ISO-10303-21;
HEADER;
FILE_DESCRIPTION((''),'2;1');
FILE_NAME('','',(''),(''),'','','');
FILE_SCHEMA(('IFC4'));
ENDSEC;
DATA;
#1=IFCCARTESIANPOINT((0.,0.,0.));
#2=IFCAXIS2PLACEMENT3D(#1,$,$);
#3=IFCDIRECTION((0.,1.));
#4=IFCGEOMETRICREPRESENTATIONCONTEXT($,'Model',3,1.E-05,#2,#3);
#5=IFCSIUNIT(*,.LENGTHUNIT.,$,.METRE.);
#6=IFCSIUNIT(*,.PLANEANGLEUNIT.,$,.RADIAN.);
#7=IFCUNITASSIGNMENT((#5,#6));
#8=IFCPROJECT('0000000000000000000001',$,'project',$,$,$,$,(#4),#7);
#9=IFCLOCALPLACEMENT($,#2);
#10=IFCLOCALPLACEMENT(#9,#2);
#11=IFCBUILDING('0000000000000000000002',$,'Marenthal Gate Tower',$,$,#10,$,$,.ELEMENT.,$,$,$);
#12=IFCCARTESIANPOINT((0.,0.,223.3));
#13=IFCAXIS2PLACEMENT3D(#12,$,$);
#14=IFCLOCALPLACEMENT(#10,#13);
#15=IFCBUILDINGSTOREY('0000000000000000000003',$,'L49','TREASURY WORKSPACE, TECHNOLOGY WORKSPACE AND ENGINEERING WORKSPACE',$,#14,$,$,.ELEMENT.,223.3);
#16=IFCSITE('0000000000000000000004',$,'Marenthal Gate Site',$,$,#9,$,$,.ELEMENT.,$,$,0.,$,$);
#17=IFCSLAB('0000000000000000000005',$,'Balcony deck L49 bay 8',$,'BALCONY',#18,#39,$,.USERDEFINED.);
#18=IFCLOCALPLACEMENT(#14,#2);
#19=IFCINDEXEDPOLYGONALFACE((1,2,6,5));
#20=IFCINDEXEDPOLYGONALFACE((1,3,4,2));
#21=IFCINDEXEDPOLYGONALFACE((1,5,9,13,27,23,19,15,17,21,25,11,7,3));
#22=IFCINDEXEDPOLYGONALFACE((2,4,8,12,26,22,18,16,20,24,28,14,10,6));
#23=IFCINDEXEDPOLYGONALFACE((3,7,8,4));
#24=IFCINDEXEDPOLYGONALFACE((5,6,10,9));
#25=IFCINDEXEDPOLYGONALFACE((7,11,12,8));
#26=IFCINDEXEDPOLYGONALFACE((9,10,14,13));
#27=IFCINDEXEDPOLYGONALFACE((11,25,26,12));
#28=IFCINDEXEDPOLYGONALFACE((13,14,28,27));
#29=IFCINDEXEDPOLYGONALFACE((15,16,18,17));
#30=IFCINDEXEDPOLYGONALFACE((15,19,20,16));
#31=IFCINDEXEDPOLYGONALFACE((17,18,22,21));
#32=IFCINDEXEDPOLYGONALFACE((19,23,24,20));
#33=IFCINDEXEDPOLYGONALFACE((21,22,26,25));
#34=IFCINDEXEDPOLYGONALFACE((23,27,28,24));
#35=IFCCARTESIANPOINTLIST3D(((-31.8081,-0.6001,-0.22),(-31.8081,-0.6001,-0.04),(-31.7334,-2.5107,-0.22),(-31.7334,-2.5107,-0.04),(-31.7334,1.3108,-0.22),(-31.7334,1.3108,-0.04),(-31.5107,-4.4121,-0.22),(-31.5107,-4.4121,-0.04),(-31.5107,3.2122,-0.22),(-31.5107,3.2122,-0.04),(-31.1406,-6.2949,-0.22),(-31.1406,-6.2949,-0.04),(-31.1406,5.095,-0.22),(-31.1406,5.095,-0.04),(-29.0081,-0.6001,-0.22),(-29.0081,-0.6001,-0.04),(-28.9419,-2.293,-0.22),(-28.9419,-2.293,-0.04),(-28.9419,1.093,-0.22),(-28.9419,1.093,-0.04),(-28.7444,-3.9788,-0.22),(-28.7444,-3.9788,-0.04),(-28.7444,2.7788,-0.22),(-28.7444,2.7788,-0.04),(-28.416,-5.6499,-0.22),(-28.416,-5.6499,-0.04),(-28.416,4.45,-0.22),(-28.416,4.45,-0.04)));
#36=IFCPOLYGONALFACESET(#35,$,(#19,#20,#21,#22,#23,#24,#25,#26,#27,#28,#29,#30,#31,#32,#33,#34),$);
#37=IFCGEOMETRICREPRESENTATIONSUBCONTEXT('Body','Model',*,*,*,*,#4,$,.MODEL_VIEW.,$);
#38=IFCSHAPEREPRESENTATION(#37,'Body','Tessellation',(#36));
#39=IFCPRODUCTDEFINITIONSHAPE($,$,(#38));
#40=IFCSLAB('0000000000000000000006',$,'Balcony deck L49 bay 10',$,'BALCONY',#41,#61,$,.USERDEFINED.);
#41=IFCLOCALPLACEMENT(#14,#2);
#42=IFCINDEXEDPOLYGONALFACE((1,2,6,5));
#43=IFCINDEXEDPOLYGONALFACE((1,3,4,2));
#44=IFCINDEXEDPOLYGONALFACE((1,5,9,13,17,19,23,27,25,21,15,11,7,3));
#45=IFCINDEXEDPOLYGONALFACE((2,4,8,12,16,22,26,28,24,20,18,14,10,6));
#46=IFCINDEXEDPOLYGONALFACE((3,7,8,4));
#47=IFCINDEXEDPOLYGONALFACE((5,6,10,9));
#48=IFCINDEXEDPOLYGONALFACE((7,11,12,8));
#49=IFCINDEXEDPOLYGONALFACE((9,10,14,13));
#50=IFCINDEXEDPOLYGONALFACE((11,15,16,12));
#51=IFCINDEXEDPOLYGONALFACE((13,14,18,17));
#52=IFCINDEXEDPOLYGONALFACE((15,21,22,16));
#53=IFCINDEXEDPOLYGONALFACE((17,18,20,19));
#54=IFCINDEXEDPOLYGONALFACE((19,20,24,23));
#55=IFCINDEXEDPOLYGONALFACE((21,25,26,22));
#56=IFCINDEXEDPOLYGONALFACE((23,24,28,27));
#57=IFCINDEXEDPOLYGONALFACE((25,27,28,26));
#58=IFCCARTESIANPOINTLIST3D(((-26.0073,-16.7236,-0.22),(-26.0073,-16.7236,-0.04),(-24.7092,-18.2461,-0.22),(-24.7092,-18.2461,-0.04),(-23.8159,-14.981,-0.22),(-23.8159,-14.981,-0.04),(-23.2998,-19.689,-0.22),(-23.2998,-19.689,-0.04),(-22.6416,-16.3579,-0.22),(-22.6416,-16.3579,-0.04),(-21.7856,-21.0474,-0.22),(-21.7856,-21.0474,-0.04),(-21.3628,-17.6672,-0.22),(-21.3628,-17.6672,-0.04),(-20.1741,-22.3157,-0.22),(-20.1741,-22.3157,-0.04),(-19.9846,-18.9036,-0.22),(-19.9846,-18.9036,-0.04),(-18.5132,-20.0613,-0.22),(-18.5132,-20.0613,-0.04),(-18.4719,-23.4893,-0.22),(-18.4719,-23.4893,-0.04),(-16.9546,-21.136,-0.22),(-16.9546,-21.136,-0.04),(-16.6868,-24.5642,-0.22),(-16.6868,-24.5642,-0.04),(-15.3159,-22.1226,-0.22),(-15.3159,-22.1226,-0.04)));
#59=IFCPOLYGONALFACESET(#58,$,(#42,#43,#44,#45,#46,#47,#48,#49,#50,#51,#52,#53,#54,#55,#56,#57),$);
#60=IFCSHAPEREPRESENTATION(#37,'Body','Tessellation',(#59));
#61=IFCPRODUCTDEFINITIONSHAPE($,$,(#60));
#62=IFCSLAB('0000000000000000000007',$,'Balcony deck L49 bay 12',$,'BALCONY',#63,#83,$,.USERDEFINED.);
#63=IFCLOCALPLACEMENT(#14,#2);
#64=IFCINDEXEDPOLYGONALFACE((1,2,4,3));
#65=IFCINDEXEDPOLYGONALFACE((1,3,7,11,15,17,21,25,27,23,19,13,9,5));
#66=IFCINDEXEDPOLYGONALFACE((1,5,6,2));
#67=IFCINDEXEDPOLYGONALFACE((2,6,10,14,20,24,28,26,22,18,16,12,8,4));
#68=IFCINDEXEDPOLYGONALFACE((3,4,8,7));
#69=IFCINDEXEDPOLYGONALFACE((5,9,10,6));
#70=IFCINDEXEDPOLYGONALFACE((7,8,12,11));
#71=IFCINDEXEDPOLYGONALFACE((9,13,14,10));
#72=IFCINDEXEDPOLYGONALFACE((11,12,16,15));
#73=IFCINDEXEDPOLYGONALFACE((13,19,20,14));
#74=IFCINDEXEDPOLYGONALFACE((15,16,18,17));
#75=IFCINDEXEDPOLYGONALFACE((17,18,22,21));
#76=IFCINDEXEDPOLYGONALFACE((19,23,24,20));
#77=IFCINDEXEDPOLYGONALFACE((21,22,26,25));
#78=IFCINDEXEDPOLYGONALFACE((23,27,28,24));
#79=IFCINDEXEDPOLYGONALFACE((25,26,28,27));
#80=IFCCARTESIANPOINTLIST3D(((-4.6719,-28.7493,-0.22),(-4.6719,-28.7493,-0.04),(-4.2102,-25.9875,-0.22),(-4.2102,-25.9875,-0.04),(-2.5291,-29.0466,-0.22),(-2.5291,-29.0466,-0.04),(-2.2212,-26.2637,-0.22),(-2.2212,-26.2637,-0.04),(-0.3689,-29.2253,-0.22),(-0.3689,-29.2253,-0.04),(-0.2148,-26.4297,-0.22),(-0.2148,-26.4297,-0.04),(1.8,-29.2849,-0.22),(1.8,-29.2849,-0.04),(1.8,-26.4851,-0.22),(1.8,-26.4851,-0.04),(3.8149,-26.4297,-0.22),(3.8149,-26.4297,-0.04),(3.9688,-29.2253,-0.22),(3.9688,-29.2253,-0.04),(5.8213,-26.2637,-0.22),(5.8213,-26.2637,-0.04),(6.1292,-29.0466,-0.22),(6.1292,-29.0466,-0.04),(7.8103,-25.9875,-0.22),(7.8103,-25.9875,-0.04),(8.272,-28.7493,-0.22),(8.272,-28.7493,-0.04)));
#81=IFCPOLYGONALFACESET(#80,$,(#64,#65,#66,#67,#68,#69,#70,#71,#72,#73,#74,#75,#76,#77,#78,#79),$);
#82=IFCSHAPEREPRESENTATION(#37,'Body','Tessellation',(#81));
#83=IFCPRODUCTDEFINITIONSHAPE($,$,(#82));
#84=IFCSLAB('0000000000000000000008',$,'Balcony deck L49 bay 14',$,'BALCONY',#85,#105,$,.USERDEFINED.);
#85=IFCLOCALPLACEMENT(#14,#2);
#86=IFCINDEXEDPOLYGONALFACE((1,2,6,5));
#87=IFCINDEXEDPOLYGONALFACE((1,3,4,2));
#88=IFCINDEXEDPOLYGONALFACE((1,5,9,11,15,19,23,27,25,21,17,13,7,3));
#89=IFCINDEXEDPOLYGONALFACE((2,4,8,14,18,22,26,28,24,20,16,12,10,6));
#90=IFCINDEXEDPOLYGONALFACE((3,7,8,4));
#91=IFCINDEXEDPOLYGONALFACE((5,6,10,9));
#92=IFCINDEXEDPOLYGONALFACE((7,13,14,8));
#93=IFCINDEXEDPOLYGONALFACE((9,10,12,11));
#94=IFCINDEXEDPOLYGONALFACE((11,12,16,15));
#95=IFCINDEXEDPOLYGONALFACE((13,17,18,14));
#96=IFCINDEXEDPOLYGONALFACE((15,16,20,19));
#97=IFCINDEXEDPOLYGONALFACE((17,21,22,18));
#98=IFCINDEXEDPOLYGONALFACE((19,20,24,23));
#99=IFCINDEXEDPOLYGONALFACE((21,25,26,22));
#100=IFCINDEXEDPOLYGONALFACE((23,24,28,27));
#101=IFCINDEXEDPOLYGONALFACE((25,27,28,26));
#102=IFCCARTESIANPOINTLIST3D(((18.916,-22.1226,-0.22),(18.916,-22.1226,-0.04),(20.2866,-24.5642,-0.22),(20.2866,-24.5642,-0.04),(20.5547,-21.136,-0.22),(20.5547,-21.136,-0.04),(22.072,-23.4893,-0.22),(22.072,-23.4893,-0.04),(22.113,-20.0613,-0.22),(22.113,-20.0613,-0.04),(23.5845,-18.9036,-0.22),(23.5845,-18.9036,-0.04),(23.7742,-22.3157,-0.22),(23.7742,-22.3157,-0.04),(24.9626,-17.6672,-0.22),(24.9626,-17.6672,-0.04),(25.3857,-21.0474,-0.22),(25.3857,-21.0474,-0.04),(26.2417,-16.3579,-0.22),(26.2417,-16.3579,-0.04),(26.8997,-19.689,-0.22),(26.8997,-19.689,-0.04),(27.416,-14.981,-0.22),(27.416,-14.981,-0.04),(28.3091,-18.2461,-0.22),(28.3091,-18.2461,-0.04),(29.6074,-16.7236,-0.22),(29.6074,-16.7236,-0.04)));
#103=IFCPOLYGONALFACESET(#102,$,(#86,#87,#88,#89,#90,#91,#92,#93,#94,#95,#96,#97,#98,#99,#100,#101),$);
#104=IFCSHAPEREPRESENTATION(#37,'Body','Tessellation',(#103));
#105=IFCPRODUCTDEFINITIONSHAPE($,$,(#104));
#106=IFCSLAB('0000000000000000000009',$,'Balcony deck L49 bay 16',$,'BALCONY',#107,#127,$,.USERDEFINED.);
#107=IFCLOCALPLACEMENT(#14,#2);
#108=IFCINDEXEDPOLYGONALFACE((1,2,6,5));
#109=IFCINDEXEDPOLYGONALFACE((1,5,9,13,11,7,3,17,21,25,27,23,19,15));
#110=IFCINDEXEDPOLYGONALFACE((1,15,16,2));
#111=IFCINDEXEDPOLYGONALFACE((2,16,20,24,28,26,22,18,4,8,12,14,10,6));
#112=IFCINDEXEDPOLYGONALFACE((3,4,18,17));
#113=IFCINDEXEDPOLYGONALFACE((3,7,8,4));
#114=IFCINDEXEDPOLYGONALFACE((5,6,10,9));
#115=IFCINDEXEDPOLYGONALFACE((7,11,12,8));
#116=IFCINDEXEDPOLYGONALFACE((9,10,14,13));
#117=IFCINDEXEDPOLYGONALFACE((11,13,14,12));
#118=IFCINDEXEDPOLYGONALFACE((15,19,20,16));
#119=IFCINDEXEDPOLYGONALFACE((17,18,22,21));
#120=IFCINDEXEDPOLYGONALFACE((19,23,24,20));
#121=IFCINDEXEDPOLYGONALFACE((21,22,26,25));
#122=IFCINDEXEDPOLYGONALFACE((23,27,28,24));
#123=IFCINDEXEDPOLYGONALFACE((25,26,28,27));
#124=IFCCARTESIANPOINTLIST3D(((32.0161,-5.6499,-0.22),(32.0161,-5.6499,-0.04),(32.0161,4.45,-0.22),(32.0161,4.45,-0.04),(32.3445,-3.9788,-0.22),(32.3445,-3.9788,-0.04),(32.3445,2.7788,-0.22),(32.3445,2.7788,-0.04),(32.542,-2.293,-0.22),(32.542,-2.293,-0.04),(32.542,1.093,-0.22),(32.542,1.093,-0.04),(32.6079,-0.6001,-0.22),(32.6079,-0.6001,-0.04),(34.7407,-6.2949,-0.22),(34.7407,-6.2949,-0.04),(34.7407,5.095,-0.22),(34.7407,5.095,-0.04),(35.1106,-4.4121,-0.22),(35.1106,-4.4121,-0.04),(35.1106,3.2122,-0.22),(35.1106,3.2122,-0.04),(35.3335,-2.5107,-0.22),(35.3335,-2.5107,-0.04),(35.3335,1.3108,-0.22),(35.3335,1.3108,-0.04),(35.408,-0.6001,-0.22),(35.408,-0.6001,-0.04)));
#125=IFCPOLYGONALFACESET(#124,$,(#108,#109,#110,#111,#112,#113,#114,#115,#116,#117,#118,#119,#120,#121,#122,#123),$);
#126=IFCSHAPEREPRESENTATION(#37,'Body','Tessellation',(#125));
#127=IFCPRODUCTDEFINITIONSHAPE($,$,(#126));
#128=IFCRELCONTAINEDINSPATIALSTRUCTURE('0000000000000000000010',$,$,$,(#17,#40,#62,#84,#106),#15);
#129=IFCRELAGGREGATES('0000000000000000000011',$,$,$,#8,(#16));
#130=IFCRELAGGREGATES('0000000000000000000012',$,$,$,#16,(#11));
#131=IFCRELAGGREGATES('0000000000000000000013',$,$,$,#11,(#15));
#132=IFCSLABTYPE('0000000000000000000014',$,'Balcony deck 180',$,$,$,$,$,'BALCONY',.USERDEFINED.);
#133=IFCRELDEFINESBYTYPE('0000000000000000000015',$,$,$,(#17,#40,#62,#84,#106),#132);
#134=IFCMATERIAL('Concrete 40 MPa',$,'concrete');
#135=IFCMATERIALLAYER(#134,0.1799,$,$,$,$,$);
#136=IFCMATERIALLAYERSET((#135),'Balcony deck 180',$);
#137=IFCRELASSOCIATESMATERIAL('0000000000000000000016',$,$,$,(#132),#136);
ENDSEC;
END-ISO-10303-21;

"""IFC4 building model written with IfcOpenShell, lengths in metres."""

from ifc_helpers import new_model, si_unit, direction, frame, origin, place, context, subcontext, project, spatial, polyline, outline, extrude, material, layer, layer_set, type_object, element, save


model = new_model("IFC4")

# Units and contexts
model_context = context("Model", 3, precision=1e-05, world=origin(), true_north=direction((0.0, 1.0)))
body_context = subcontext(model_context, "Body", "Model", "MODEL_VIEW")
ifc_project = project(units=[si_unit("LENGTHUNIT", "METRE"), si_unit("PLANEANGLEUNIT", "RADIAN")], contexts=[model_context])

# Site, building, storey
site_placement = place(None, origin())
site = spatial("IfcSite", under=ifc_project, at=site_placement, Name="Marenthal Gate Site", CompositionType="ELEMENT", RefElevation=0.0)
building_placement = place(site_placement, origin())
building = spatial("IfcBuilding", under=site, at=building_placement, Name="Marenthal Gate Tower", CompositionType="ELEMENT")
storey_placement = place(building_placement, frame((0.0, 0.0, 223.3)))
storey = spatial("IfcBuildingStorey", under=building, at=storey_placement, Name="L49", Description="TREASURY WORKSPACE, TECHNOLOGY WORKSPACE AND ENGINEERING WORKSPACE", CompositionType="ELEMENT", Elevation=223.3)

# Slabs
ifc_material_1 = material(Name="Concrete 40 MPa", Category="concrete")
ifc_layer_1 = layer(ifc_material_1, 0.1799)
ifc_layer_set_1 = layer_set([ifc_layer_1], Name="Balcony deck 180")
slab_type_1 = type_object("IfcSlabType", Name="Balcony deck 180", ElementType="BALCONY", PredefinedType="USERDEFINED", material=ifc_layer_set_1)
slab_1_placement = place(storey_placement, frame((0.0, 0.0, -0.22)))
element("IfcSlab", 1, at=slab_1_placement, inside=storey, type_object=slab_type_1, Name="Balcony deck L49 bay 8", ObjectType="BALCONY", PredefinedType="USERDEFINED", context=body_context, shape_type="SweptSolid", body=[
    extrude(outline(polyline([(-28.416, 4.45), (-28.7444, 2.7788), (-28.9419, 1.093), (-29.0081, -0.6001), (-28.9419, -2.293), (-28.7444, -3.9788), (-28.416, -5.6499), (-31.1406, -6.2949), (-31.5107, -4.4121), (-31.7334, -2.5107), (-31.8081, -0.6001), (-31.7334, 1.3108), (-31.5107, 3.2122), (-31.1406, 5.095), (-28.416, 4.45)])), origin(), (0.0, 0.0, 1.0), 0.1799),
])
slab_2_placement = place(storey_placement, frame((0.0, 0.0, -0.22)))
element("IfcSlab", 2, at=slab_2_placement, inside=storey, type_object=slab_type_1, Name="Balcony deck L49 bay 10", ObjectType="BALCONY", PredefinedType="USERDEFINED", context=body_context, shape_type="SweptSolid", body=[
    extrude(outline(polyline([(-23.8159, -14.981), (-22.6416, -16.3579), (-21.3628, -17.6672), (-19.9846, -18.9036), (-18.5132, -20.0613), (-16.9546, -21.136), (-15.3159, -22.1226), (-16.6868, -24.5642), (-18.4719, -23.4893), (-20.1741, -22.3157), (-21.7856, -21.0474), (-23.2998, -19.689), (-24.7092, -18.2461), (-26.0073, -16.7236), (-23.8159, -14.981)])), origin(), (0.0, 0.0, 1.0), 0.1799),
])
slab_3_placement = place(storey_placement, frame((0.0, 0.0, -0.22)))
element("IfcSlab", 3, at=slab_3_placement, inside=storey, type_object=slab_type_1, Name="Balcony deck L49 bay 12", ObjectType="BALCONY", PredefinedType="USERDEFINED", context=body_context, shape_type="SweptSolid", body=[
    extrude(outline(polyline([(-4.2102, -25.9875), (-2.2212, -26.2637), (-0.2148, -26.4297), (1.8, -26.4851), (3.8149, -26.4297), (5.8213, -26.2637), (7.8103, -25.9875), (8.272, -28.7493), (6.1292, -29.0466), (3.9688, -29.2253), (1.8, -29.2849), (-0.3689, -29.2253), (-2.5291, -29.0466), (-4.6719, -28.7493), (-4.2102, -25.9875)])), origin(), (0.0, 0.0, 1.0), 0.1799),
])
slab_4_placement = place(storey_placement, frame((0.0, 0.0, -0.22)))
element("IfcSlab", 4, at=slab_4_placement, inside=storey, type_object=slab_type_1, Name="Balcony deck L49 bay 14", ObjectType="BALCONY", PredefinedType="USERDEFINED", context=body_context, shape_type="SweptSolid", body=[
    extrude(outline(polyline([(18.916, -22.1226), (20.5547, -21.136), (22.113, -20.0613), (23.5845, -18.9036), (24.9626, -17.6672), (26.2417, -16.3579), (27.416, -14.981), (29.6074, -16.7236), (28.3091, -18.2461), (26.8997, -19.689), (25.3857, -21.0474), (23.7742, -22.3157), (22.072, -23.4893), (20.2866, -24.5642), (18.916, -22.1226)])), origin(), (0.0, 0.0, 1.0), 0.1799),
])
slab_5_placement = place(storey_placement, frame((0.0, 0.0, -0.22)))
element("IfcSlab", 5, at=slab_5_placement, inside=storey, type_object=slab_type_1, Name="Balcony deck L49 bay 16", ObjectType="BALCONY", PredefinedType="USERDEFINED", context=body_context, shape_type="SweptSolid", body=[
    extrude(outline(polyline([(32.0161, -5.6499), (32.3445, -3.9788), (32.542, -2.293), (32.6079, -0.6001), (32.542, 1.093), (32.3445, 2.7788), (32.0161, 4.45), (34.7407, 5.095), (35.1106, 3.2122), (35.3335, 1.3108), (35.408, -0.6001), (35.3335, -2.5107), (35.1106, -4.4121), (34.7407, -6.2949), (32.0161, -5.6499)])), origin(), (0.0, 0.0, 1.0), 0.1799),
])

save(model, "model.ifc")
